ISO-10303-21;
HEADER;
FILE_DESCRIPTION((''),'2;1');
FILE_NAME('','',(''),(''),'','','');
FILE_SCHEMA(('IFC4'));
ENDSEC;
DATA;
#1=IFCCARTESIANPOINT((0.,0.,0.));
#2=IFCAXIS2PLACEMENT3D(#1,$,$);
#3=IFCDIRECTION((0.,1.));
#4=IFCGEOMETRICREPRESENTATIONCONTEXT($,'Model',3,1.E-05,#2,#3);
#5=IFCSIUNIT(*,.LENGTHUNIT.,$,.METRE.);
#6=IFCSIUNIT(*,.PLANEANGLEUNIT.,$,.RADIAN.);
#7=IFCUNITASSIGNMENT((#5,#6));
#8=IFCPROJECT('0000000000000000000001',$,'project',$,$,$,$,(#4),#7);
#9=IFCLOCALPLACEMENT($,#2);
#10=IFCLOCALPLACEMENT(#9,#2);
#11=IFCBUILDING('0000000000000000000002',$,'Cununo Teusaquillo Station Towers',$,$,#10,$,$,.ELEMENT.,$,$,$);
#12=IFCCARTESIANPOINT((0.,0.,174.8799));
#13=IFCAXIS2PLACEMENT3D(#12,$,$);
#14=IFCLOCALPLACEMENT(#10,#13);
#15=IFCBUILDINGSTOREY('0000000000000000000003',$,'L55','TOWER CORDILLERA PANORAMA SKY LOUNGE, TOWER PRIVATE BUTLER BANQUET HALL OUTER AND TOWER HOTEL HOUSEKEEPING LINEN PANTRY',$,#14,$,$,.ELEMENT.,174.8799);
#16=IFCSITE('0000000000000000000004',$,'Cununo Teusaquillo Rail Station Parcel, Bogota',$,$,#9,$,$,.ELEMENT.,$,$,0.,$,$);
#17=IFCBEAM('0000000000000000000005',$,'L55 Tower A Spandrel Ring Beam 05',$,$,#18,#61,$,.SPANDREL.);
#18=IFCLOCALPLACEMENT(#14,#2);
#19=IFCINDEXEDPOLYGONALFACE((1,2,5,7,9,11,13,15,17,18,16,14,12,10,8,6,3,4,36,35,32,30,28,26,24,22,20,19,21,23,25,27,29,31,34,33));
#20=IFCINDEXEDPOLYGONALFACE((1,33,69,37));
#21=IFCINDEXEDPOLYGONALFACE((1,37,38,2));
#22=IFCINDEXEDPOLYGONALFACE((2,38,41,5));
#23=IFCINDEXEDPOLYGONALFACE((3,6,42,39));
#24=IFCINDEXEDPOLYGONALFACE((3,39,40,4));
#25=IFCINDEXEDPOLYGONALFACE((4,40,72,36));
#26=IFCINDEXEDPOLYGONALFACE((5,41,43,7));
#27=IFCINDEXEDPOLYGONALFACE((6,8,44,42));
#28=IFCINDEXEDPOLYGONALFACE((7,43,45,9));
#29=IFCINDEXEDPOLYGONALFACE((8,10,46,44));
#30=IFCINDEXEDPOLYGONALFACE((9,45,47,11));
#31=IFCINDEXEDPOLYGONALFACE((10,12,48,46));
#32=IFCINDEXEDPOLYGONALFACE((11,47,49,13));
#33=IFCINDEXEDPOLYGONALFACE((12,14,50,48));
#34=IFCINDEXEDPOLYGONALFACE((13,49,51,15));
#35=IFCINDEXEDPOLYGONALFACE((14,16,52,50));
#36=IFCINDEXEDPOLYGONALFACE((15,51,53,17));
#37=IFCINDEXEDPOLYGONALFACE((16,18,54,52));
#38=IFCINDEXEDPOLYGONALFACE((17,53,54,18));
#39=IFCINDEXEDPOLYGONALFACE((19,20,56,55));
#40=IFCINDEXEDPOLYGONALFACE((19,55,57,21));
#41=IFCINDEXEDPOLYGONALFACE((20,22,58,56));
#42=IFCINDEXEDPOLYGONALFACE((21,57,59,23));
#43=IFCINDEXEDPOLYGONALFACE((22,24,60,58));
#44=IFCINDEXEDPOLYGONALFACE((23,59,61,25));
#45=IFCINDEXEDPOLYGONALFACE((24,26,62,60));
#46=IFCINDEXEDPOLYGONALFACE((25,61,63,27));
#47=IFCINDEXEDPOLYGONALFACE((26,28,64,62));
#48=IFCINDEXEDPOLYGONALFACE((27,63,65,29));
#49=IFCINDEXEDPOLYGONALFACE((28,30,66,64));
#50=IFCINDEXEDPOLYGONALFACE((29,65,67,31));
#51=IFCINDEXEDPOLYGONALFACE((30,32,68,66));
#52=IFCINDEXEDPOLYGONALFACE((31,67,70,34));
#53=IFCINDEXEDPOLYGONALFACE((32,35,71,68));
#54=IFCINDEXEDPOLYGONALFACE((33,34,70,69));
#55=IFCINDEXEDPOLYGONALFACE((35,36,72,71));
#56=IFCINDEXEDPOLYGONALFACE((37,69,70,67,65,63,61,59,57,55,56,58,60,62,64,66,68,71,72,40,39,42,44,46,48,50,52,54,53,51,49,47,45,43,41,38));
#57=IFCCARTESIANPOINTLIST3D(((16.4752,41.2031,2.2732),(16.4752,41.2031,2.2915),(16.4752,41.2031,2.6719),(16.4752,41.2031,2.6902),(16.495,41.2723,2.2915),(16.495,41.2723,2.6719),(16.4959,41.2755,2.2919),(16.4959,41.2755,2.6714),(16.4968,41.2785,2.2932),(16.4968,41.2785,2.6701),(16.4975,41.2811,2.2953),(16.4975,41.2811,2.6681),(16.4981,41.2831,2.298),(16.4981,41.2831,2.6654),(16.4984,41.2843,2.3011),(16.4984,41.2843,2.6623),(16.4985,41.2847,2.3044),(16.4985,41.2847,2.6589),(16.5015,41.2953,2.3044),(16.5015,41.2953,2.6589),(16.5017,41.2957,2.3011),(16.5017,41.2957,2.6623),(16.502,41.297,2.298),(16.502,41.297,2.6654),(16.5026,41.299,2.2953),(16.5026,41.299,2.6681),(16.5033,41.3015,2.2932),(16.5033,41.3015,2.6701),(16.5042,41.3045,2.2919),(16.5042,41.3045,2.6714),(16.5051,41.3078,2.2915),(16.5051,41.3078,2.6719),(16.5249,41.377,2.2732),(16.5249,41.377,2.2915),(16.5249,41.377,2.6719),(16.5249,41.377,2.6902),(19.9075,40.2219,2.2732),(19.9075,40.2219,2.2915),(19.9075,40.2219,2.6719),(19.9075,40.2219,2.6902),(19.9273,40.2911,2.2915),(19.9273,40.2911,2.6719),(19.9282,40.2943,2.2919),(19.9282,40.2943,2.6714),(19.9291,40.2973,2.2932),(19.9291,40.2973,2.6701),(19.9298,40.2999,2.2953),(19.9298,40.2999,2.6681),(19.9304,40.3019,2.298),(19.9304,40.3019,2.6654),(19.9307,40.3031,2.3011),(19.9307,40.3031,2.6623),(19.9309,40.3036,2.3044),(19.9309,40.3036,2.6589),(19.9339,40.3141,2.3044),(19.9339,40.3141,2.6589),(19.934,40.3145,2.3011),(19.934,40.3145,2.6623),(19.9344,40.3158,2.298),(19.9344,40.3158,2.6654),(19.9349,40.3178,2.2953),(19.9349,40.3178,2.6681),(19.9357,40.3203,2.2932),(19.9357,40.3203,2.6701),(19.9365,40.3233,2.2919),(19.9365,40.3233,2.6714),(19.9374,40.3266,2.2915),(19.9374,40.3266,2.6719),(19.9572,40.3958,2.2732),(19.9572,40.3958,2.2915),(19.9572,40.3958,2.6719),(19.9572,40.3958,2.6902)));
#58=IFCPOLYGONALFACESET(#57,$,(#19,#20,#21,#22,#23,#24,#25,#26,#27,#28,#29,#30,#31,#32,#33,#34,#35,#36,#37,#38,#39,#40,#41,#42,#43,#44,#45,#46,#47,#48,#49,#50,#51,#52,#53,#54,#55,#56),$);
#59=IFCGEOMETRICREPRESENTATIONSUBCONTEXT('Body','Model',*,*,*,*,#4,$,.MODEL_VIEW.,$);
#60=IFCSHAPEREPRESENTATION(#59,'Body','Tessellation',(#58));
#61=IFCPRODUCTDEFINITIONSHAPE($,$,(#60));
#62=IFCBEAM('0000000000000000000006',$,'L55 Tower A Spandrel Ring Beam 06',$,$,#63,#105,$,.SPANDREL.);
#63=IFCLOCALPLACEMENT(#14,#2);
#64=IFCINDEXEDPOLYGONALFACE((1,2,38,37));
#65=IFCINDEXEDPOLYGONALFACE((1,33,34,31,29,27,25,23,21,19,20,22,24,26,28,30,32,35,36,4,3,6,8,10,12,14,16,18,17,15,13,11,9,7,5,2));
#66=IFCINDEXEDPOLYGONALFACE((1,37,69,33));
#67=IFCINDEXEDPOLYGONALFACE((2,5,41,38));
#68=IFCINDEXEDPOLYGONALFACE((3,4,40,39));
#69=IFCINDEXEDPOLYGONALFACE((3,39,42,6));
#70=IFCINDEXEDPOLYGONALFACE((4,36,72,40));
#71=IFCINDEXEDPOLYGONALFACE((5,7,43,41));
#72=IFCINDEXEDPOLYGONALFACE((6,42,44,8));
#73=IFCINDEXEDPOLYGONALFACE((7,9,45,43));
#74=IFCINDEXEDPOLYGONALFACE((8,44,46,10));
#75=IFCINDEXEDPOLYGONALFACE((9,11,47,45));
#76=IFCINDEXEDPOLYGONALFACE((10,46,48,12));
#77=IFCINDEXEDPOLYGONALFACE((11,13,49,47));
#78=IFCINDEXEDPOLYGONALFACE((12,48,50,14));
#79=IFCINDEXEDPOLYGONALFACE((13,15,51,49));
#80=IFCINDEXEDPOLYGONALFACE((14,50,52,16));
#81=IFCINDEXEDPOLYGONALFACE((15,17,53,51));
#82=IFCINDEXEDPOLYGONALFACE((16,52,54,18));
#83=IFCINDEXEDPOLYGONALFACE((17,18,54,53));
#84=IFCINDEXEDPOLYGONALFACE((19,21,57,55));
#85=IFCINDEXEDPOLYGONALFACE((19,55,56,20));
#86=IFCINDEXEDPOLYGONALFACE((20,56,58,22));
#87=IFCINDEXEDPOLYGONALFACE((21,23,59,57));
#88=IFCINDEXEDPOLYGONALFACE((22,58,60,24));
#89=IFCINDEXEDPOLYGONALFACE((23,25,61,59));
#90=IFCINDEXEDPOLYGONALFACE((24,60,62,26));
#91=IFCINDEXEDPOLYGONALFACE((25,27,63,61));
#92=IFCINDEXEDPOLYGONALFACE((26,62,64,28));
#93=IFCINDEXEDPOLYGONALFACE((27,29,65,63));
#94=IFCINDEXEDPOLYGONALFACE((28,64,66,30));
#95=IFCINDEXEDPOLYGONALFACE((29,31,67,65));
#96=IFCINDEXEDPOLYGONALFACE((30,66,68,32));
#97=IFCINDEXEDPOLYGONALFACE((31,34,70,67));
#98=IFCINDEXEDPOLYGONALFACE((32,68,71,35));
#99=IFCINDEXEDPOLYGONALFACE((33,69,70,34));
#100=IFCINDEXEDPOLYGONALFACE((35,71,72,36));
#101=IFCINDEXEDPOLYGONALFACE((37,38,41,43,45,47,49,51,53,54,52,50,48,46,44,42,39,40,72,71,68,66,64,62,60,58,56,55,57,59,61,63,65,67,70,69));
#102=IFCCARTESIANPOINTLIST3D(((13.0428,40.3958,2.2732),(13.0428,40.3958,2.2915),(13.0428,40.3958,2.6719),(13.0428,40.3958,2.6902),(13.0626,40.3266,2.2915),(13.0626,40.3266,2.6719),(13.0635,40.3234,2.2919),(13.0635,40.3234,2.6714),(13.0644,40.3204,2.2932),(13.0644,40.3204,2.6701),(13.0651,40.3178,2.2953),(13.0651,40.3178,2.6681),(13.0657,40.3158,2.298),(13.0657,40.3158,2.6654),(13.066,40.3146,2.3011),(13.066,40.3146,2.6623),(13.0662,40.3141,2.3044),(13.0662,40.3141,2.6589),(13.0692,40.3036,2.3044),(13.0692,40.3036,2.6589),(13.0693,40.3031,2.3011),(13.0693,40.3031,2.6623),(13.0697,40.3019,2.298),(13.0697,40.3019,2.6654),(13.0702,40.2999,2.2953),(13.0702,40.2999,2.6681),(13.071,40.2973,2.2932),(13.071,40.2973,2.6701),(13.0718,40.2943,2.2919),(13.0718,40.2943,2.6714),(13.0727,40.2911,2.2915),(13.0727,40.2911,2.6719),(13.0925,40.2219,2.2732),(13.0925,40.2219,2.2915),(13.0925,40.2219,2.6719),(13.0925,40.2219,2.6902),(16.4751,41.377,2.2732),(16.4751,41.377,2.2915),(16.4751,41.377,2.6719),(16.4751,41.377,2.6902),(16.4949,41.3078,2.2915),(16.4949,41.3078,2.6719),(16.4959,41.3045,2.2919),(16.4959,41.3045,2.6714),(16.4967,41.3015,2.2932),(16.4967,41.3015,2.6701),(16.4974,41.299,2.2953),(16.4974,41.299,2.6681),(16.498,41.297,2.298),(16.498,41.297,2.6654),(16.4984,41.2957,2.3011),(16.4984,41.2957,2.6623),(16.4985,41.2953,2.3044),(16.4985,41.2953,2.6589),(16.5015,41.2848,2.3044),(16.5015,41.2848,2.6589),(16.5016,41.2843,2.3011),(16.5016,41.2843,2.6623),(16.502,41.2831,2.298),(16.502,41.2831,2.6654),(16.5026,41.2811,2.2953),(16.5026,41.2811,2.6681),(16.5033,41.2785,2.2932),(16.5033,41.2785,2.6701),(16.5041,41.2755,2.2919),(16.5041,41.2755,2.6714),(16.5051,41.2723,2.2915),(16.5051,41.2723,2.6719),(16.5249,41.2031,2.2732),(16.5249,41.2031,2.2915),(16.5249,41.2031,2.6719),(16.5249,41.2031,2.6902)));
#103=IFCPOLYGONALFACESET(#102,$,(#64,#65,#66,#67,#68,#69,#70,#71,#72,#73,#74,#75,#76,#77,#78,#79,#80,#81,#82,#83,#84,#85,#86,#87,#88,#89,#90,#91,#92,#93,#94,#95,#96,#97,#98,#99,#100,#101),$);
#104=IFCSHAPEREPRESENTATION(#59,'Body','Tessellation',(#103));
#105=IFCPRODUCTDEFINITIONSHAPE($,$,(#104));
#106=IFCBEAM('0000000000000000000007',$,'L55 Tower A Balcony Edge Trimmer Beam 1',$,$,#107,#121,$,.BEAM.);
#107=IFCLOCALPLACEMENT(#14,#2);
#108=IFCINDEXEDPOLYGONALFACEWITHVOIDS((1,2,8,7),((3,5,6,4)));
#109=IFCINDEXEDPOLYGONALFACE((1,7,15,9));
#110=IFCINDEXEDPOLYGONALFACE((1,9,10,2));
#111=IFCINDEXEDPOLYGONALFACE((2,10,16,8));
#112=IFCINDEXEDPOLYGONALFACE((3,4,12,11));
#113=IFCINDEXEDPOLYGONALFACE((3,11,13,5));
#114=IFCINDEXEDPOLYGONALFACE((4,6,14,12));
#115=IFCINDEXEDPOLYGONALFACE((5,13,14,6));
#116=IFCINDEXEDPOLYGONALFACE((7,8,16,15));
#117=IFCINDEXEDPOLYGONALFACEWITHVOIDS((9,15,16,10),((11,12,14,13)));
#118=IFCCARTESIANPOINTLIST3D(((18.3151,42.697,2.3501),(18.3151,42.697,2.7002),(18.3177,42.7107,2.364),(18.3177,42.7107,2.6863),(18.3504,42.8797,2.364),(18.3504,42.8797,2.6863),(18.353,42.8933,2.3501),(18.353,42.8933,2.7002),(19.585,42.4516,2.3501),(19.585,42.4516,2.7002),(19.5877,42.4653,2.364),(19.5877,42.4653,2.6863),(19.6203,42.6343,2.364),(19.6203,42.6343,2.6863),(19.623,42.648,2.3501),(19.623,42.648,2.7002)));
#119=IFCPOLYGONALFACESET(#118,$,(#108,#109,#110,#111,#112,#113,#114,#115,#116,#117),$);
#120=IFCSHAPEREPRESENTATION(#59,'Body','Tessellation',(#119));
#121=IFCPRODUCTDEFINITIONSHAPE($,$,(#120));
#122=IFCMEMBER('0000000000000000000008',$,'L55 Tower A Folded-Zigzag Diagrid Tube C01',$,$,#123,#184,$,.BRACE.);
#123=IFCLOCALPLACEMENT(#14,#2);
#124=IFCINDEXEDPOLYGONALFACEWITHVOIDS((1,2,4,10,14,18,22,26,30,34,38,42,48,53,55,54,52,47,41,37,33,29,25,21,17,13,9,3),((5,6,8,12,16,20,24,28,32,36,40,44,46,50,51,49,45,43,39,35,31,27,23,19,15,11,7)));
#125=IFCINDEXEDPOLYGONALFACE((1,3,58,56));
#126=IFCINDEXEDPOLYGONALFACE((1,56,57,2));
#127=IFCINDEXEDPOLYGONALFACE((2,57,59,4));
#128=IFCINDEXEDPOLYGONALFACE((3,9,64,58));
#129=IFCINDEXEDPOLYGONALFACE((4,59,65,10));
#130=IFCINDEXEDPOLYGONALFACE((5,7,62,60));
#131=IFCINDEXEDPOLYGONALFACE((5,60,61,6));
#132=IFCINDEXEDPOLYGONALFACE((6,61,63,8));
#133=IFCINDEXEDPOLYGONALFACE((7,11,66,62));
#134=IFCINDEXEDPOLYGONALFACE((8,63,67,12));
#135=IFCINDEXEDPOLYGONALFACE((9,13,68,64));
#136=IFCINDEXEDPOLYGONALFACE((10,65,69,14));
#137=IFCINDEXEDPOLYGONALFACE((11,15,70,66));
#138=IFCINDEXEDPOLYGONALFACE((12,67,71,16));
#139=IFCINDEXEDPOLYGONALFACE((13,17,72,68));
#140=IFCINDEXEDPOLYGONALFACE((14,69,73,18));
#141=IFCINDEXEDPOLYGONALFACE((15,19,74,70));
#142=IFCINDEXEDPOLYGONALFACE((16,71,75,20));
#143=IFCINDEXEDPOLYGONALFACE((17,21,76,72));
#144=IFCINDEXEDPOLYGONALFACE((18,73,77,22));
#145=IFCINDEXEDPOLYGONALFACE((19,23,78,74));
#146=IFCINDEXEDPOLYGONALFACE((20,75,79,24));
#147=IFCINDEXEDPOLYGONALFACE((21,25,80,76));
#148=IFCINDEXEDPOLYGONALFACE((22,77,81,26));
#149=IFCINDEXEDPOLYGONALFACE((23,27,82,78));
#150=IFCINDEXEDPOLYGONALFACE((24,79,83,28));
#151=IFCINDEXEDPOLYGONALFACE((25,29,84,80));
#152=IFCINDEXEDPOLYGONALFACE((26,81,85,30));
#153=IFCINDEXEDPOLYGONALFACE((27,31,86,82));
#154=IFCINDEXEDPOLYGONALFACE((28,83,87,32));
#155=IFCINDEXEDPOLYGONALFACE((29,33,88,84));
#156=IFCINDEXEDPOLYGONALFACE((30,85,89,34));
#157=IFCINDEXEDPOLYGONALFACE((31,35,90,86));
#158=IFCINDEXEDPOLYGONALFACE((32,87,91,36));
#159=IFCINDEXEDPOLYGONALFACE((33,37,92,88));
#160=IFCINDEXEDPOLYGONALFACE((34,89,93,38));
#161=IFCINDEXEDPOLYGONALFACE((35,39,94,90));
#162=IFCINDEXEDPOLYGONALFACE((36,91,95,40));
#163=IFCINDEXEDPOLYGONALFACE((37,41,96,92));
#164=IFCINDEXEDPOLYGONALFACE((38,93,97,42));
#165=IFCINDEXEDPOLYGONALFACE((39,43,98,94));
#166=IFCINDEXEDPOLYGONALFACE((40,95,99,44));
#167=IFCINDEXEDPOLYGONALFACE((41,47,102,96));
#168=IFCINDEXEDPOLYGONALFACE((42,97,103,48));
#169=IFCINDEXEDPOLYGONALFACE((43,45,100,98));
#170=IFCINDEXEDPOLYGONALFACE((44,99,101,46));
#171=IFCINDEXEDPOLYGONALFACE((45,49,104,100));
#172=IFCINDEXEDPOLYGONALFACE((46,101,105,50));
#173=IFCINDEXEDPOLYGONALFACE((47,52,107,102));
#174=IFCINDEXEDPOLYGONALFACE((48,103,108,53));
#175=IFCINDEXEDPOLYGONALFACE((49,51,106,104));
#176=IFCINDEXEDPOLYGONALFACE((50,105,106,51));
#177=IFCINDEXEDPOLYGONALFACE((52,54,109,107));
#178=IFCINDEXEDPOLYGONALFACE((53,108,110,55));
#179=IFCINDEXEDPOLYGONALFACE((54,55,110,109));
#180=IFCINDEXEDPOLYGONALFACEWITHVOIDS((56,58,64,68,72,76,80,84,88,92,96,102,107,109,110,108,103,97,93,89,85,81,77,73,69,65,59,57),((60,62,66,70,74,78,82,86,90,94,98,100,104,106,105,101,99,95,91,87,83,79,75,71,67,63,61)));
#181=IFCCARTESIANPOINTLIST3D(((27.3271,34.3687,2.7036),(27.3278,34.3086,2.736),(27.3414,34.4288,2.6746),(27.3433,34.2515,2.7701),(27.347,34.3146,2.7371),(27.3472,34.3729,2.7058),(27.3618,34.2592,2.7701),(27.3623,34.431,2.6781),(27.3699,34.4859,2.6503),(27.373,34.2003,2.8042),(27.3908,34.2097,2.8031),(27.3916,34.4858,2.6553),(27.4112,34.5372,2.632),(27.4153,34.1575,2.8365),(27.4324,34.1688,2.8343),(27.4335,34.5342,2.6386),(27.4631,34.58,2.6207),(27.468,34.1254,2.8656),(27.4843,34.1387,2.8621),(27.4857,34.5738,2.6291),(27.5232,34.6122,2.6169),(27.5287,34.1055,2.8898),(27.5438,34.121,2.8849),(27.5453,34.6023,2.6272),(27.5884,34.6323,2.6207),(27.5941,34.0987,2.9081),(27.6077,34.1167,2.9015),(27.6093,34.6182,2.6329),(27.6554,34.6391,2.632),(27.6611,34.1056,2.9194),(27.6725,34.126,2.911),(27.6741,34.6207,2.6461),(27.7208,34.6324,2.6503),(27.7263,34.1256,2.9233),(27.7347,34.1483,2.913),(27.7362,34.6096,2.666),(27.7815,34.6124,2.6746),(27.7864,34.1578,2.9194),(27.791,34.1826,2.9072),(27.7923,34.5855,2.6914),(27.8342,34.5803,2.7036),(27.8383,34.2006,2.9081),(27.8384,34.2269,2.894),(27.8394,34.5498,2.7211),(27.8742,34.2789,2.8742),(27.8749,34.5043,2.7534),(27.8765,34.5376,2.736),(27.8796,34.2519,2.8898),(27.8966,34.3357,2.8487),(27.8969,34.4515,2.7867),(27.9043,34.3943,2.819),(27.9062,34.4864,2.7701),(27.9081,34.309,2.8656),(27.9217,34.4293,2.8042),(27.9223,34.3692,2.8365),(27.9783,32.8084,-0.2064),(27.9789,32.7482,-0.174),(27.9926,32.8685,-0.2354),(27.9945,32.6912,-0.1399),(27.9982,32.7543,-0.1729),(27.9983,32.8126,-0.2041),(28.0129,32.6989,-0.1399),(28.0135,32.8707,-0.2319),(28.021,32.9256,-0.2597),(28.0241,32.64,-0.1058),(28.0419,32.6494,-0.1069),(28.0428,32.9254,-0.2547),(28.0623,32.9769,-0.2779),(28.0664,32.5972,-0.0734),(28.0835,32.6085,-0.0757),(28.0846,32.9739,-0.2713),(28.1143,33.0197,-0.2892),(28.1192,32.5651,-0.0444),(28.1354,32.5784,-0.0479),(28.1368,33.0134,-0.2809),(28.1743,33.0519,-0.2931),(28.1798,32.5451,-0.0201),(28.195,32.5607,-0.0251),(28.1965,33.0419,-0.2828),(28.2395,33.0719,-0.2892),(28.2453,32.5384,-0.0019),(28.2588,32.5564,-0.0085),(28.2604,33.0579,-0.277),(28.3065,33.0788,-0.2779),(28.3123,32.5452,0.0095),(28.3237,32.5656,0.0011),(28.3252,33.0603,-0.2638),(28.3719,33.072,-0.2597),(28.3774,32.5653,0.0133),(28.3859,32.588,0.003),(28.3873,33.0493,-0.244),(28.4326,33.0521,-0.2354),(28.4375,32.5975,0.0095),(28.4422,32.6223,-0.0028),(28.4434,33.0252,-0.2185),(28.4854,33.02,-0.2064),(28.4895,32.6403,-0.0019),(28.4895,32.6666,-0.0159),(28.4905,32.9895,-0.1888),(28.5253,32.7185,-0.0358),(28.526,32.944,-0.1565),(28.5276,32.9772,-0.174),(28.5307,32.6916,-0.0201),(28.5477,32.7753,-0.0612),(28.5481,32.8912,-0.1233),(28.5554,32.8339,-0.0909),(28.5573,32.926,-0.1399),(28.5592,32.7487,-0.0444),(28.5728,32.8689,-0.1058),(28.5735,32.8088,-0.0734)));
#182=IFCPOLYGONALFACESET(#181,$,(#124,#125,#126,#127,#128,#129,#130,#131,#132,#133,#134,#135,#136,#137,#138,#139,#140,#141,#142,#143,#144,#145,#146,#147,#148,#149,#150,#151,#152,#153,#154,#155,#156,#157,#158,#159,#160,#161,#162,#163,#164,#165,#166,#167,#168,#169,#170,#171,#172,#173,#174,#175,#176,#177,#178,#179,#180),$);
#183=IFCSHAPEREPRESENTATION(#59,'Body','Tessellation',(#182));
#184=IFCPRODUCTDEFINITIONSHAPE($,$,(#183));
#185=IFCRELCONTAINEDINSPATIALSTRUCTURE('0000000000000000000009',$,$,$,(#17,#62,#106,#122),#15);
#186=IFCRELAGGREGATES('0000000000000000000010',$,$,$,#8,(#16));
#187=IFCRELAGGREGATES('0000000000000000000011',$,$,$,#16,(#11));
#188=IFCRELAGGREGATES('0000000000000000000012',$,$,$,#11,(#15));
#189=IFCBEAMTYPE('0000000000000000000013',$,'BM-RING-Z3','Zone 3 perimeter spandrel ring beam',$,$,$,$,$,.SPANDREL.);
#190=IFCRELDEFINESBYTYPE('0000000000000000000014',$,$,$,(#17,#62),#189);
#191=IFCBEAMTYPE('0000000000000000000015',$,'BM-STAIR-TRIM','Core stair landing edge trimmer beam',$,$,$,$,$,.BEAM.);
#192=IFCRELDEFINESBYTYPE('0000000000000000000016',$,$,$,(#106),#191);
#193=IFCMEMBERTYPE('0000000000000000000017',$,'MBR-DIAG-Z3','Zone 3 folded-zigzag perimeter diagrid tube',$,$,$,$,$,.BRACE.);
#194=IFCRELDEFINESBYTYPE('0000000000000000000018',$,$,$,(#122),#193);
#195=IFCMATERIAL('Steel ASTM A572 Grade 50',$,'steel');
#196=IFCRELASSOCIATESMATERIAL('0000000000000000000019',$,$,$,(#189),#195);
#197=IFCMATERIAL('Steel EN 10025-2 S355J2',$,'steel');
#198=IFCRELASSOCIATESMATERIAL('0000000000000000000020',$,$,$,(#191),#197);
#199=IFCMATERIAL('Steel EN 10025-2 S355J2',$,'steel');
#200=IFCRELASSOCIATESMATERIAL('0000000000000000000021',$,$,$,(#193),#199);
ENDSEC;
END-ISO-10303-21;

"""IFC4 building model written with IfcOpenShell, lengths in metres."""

from ifc_helpers import new_model, si_unit, direction, frame, origin, origin_2d, place, context, subcontext, project, spatial, hollow_rectangle, hollow_circle, i_section, extrude, material, material_profile, profile_set, type_object, element, save


model = new_model("IFC4")

# Units and contexts
model_context = context("Model", 3, precision=1e-05, world=origin(), true_north=direction((0.0, 1.0)))
body_context = subcontext(model_context, "Body", "Model", "MODEL_VIEW")
ifc_project = project(units=[si_unit("LENGTHUNIT", "METRE"), si_unit("PLANEANGLEUNIT", "RADIAN")], contexts=[model_context])

# Site, building, storey
site_placement = place(None, origin())
site = spatial("IfcSite", under=ifc_project, at=site_placement, Name="Cununo Teusaquillo Rail Station Parcel, Bogota", CompositionType="ELEMENT", RefElevation=0.0)
building_placement = place(site_placement, origin())
building = spatial("IfcBuilding", under=site, at=building_placement, Name="Cununo Teusaquillo Station Towers", CompositionType="ELEMENT")
storey_placement = place(building_placement, frame((0.0, 0.0, 174.8799)))
storey = spatial("IfcBuildingStorey", under=building, at=storey_placement, Name="L55", Description="TOWER CORDILLERA PANORAMA SKY LOUNGE, TOWER PRIVATE BUTLER BANQUET HALL OUTER AND TOWER HOTEL HOUSEKEEPING LINEN PANTRY", CompositionType="ELEMENT", Elevation=174.8799)

# Beams
ifc_material_1 = material(Name="Steel ASTM A572 Grade 50", Category="steel")
ifc_material_profile_1 = material_profile(ifc_material_1, i_section(OverallWidth=0.1809, OverallDepth=0.417, WebThickness=0.011, FlangeThickness=0.0183, FilletRadius=0.0129, at=origin_2d()), Name="W16X57")
ifc_profile_set_1 = profile_set([ifc_material_profile_1], Name="Steel ASTM A572 Grade 50")
beam_type_1 = type_object("IfcBeamType", Name="BM-RING-Z3", Description="Zone 3 perimeter spandrel ring beam", PredefinedType="SPANDREL", material=ifc_profile_set_1)
for number, where, z_axis, x_axis, name in (
    (1, (19.9324, 40.3088, 2.4817), (-0.961485, 0.274857, 0.0), (-0.274857, -0.961485, 0.0), "L55 Tower A Spandrel Ring Beam 05"),
    (2, (16.5, 41.29, 2.4817), (-0.961485, -0.274857, 0.0), (0.274857, -0.961485, 0.0), "L55 Tower A Spandrel Ring Beam 06"),
):
    element("IfcBeam", number, at=place(storey_placement, frame(where, z_axis=z_axis, x_axis=x_axis)), inside=storey, type_object=beam_type_1, Name=name, PredefinedType="SPANDREL", context=body_context, shape_type="SweptSolid", body=[
        extrude(i_section(OverallWidth=0.1809, OverallDepth=0.417, WebThickness=0.011, FlangeThickness=0.0183, FilletRadius=0.0129, at=origin_2d()), origin(), (0.0, 0.0, 1.0), 3.5698),
    ])
ifc_material_2 = material(Name="Steel EN 10025-2 S355J2", Category="steel")
ifc_material_profile_2 = material_profile(ifc_material_2, hollow_rectangle(XDim=0.2, YDim=0.3501, WallThickness=0.0139, at=origin_2d()), Name="RHS 350x200x14")
ifc_profile_set_2 = profile_set([ifc_material_profile_2], Name="Steel EN 10025-2 S355J2")
beam_type_2 = type_object("IfcBeamType", Name="BM-STAIR-TRIM", Description="Core stair landing edge trimmer beam", PredefinedType="BEAM", material=ifc_profile_set_2)
beam_1_placement = place(storey_placement, frame((19.604, 42.5498, 2.5251), z_axis=(-0.981845, 0.189687, 0.0), x_axis=(-0.189687, -0.981845, 0.0)))
element("IfcBeam", 3, at=beam_1_placement, inside=storey, type_object=beam_type_2, Name="L55 Tower A Balcony Edge Trimmer Beam 1", PredefinedType="BEAM", context=body_context, shape_type="SweptSolid", body=[
    extrude(hollow_rectangle(XDim=0.2, YDim=0.3501, WallThickness=0.0139, at=origin_2d()), origin(), (0.0, 0.0, 1.0), 1.2935),
])

# Member
ifc_material_3 = material(Name="Steel EN 10025-2 S355J2", Category="steel")
ifc_material_profile_3 = material_profile(ifc_material_3, hollow_circle(Radius=0.3049, WallThickness=0.02, at=origin_2d()), Name="CHS 610x20")
ifc_profile_set_3 = profile_set([ifc_material_profile_3], Name="Steel EN 10025-2 S355J2")
member_type = type_object("IfcMemberType", Name="MBR-DIAG-Z3", Description="Zone 3 folded-zigzag perimeter diagrid tube", PredefinedType="BRACE", material=ifc_profile_set_3)
member_1_placement = place(storey_placement, frame((28.2759, 32.8086, -0.1399), z_axis=(-0.193474, 0.463627, 0.864649), x_axis=(-0.922867, -0.385118, 0.0)))
element("IfcMember", 4, at=member_1_placement, inside=storey, type_object=member_type, Name="L55 Tower A Folded-Zigzag Diagrid Tube C01", PredefinedType="BRACE", context=body_context, shape_type="SweptSolid", body=[
    extrude(hollow_circle(Radius=0.3049, WallThickness=0.02, at=origin_2d()), origin(), (0.0, 0.0, 1.0), 3.3655),
])

save(model, "model.ifc")
